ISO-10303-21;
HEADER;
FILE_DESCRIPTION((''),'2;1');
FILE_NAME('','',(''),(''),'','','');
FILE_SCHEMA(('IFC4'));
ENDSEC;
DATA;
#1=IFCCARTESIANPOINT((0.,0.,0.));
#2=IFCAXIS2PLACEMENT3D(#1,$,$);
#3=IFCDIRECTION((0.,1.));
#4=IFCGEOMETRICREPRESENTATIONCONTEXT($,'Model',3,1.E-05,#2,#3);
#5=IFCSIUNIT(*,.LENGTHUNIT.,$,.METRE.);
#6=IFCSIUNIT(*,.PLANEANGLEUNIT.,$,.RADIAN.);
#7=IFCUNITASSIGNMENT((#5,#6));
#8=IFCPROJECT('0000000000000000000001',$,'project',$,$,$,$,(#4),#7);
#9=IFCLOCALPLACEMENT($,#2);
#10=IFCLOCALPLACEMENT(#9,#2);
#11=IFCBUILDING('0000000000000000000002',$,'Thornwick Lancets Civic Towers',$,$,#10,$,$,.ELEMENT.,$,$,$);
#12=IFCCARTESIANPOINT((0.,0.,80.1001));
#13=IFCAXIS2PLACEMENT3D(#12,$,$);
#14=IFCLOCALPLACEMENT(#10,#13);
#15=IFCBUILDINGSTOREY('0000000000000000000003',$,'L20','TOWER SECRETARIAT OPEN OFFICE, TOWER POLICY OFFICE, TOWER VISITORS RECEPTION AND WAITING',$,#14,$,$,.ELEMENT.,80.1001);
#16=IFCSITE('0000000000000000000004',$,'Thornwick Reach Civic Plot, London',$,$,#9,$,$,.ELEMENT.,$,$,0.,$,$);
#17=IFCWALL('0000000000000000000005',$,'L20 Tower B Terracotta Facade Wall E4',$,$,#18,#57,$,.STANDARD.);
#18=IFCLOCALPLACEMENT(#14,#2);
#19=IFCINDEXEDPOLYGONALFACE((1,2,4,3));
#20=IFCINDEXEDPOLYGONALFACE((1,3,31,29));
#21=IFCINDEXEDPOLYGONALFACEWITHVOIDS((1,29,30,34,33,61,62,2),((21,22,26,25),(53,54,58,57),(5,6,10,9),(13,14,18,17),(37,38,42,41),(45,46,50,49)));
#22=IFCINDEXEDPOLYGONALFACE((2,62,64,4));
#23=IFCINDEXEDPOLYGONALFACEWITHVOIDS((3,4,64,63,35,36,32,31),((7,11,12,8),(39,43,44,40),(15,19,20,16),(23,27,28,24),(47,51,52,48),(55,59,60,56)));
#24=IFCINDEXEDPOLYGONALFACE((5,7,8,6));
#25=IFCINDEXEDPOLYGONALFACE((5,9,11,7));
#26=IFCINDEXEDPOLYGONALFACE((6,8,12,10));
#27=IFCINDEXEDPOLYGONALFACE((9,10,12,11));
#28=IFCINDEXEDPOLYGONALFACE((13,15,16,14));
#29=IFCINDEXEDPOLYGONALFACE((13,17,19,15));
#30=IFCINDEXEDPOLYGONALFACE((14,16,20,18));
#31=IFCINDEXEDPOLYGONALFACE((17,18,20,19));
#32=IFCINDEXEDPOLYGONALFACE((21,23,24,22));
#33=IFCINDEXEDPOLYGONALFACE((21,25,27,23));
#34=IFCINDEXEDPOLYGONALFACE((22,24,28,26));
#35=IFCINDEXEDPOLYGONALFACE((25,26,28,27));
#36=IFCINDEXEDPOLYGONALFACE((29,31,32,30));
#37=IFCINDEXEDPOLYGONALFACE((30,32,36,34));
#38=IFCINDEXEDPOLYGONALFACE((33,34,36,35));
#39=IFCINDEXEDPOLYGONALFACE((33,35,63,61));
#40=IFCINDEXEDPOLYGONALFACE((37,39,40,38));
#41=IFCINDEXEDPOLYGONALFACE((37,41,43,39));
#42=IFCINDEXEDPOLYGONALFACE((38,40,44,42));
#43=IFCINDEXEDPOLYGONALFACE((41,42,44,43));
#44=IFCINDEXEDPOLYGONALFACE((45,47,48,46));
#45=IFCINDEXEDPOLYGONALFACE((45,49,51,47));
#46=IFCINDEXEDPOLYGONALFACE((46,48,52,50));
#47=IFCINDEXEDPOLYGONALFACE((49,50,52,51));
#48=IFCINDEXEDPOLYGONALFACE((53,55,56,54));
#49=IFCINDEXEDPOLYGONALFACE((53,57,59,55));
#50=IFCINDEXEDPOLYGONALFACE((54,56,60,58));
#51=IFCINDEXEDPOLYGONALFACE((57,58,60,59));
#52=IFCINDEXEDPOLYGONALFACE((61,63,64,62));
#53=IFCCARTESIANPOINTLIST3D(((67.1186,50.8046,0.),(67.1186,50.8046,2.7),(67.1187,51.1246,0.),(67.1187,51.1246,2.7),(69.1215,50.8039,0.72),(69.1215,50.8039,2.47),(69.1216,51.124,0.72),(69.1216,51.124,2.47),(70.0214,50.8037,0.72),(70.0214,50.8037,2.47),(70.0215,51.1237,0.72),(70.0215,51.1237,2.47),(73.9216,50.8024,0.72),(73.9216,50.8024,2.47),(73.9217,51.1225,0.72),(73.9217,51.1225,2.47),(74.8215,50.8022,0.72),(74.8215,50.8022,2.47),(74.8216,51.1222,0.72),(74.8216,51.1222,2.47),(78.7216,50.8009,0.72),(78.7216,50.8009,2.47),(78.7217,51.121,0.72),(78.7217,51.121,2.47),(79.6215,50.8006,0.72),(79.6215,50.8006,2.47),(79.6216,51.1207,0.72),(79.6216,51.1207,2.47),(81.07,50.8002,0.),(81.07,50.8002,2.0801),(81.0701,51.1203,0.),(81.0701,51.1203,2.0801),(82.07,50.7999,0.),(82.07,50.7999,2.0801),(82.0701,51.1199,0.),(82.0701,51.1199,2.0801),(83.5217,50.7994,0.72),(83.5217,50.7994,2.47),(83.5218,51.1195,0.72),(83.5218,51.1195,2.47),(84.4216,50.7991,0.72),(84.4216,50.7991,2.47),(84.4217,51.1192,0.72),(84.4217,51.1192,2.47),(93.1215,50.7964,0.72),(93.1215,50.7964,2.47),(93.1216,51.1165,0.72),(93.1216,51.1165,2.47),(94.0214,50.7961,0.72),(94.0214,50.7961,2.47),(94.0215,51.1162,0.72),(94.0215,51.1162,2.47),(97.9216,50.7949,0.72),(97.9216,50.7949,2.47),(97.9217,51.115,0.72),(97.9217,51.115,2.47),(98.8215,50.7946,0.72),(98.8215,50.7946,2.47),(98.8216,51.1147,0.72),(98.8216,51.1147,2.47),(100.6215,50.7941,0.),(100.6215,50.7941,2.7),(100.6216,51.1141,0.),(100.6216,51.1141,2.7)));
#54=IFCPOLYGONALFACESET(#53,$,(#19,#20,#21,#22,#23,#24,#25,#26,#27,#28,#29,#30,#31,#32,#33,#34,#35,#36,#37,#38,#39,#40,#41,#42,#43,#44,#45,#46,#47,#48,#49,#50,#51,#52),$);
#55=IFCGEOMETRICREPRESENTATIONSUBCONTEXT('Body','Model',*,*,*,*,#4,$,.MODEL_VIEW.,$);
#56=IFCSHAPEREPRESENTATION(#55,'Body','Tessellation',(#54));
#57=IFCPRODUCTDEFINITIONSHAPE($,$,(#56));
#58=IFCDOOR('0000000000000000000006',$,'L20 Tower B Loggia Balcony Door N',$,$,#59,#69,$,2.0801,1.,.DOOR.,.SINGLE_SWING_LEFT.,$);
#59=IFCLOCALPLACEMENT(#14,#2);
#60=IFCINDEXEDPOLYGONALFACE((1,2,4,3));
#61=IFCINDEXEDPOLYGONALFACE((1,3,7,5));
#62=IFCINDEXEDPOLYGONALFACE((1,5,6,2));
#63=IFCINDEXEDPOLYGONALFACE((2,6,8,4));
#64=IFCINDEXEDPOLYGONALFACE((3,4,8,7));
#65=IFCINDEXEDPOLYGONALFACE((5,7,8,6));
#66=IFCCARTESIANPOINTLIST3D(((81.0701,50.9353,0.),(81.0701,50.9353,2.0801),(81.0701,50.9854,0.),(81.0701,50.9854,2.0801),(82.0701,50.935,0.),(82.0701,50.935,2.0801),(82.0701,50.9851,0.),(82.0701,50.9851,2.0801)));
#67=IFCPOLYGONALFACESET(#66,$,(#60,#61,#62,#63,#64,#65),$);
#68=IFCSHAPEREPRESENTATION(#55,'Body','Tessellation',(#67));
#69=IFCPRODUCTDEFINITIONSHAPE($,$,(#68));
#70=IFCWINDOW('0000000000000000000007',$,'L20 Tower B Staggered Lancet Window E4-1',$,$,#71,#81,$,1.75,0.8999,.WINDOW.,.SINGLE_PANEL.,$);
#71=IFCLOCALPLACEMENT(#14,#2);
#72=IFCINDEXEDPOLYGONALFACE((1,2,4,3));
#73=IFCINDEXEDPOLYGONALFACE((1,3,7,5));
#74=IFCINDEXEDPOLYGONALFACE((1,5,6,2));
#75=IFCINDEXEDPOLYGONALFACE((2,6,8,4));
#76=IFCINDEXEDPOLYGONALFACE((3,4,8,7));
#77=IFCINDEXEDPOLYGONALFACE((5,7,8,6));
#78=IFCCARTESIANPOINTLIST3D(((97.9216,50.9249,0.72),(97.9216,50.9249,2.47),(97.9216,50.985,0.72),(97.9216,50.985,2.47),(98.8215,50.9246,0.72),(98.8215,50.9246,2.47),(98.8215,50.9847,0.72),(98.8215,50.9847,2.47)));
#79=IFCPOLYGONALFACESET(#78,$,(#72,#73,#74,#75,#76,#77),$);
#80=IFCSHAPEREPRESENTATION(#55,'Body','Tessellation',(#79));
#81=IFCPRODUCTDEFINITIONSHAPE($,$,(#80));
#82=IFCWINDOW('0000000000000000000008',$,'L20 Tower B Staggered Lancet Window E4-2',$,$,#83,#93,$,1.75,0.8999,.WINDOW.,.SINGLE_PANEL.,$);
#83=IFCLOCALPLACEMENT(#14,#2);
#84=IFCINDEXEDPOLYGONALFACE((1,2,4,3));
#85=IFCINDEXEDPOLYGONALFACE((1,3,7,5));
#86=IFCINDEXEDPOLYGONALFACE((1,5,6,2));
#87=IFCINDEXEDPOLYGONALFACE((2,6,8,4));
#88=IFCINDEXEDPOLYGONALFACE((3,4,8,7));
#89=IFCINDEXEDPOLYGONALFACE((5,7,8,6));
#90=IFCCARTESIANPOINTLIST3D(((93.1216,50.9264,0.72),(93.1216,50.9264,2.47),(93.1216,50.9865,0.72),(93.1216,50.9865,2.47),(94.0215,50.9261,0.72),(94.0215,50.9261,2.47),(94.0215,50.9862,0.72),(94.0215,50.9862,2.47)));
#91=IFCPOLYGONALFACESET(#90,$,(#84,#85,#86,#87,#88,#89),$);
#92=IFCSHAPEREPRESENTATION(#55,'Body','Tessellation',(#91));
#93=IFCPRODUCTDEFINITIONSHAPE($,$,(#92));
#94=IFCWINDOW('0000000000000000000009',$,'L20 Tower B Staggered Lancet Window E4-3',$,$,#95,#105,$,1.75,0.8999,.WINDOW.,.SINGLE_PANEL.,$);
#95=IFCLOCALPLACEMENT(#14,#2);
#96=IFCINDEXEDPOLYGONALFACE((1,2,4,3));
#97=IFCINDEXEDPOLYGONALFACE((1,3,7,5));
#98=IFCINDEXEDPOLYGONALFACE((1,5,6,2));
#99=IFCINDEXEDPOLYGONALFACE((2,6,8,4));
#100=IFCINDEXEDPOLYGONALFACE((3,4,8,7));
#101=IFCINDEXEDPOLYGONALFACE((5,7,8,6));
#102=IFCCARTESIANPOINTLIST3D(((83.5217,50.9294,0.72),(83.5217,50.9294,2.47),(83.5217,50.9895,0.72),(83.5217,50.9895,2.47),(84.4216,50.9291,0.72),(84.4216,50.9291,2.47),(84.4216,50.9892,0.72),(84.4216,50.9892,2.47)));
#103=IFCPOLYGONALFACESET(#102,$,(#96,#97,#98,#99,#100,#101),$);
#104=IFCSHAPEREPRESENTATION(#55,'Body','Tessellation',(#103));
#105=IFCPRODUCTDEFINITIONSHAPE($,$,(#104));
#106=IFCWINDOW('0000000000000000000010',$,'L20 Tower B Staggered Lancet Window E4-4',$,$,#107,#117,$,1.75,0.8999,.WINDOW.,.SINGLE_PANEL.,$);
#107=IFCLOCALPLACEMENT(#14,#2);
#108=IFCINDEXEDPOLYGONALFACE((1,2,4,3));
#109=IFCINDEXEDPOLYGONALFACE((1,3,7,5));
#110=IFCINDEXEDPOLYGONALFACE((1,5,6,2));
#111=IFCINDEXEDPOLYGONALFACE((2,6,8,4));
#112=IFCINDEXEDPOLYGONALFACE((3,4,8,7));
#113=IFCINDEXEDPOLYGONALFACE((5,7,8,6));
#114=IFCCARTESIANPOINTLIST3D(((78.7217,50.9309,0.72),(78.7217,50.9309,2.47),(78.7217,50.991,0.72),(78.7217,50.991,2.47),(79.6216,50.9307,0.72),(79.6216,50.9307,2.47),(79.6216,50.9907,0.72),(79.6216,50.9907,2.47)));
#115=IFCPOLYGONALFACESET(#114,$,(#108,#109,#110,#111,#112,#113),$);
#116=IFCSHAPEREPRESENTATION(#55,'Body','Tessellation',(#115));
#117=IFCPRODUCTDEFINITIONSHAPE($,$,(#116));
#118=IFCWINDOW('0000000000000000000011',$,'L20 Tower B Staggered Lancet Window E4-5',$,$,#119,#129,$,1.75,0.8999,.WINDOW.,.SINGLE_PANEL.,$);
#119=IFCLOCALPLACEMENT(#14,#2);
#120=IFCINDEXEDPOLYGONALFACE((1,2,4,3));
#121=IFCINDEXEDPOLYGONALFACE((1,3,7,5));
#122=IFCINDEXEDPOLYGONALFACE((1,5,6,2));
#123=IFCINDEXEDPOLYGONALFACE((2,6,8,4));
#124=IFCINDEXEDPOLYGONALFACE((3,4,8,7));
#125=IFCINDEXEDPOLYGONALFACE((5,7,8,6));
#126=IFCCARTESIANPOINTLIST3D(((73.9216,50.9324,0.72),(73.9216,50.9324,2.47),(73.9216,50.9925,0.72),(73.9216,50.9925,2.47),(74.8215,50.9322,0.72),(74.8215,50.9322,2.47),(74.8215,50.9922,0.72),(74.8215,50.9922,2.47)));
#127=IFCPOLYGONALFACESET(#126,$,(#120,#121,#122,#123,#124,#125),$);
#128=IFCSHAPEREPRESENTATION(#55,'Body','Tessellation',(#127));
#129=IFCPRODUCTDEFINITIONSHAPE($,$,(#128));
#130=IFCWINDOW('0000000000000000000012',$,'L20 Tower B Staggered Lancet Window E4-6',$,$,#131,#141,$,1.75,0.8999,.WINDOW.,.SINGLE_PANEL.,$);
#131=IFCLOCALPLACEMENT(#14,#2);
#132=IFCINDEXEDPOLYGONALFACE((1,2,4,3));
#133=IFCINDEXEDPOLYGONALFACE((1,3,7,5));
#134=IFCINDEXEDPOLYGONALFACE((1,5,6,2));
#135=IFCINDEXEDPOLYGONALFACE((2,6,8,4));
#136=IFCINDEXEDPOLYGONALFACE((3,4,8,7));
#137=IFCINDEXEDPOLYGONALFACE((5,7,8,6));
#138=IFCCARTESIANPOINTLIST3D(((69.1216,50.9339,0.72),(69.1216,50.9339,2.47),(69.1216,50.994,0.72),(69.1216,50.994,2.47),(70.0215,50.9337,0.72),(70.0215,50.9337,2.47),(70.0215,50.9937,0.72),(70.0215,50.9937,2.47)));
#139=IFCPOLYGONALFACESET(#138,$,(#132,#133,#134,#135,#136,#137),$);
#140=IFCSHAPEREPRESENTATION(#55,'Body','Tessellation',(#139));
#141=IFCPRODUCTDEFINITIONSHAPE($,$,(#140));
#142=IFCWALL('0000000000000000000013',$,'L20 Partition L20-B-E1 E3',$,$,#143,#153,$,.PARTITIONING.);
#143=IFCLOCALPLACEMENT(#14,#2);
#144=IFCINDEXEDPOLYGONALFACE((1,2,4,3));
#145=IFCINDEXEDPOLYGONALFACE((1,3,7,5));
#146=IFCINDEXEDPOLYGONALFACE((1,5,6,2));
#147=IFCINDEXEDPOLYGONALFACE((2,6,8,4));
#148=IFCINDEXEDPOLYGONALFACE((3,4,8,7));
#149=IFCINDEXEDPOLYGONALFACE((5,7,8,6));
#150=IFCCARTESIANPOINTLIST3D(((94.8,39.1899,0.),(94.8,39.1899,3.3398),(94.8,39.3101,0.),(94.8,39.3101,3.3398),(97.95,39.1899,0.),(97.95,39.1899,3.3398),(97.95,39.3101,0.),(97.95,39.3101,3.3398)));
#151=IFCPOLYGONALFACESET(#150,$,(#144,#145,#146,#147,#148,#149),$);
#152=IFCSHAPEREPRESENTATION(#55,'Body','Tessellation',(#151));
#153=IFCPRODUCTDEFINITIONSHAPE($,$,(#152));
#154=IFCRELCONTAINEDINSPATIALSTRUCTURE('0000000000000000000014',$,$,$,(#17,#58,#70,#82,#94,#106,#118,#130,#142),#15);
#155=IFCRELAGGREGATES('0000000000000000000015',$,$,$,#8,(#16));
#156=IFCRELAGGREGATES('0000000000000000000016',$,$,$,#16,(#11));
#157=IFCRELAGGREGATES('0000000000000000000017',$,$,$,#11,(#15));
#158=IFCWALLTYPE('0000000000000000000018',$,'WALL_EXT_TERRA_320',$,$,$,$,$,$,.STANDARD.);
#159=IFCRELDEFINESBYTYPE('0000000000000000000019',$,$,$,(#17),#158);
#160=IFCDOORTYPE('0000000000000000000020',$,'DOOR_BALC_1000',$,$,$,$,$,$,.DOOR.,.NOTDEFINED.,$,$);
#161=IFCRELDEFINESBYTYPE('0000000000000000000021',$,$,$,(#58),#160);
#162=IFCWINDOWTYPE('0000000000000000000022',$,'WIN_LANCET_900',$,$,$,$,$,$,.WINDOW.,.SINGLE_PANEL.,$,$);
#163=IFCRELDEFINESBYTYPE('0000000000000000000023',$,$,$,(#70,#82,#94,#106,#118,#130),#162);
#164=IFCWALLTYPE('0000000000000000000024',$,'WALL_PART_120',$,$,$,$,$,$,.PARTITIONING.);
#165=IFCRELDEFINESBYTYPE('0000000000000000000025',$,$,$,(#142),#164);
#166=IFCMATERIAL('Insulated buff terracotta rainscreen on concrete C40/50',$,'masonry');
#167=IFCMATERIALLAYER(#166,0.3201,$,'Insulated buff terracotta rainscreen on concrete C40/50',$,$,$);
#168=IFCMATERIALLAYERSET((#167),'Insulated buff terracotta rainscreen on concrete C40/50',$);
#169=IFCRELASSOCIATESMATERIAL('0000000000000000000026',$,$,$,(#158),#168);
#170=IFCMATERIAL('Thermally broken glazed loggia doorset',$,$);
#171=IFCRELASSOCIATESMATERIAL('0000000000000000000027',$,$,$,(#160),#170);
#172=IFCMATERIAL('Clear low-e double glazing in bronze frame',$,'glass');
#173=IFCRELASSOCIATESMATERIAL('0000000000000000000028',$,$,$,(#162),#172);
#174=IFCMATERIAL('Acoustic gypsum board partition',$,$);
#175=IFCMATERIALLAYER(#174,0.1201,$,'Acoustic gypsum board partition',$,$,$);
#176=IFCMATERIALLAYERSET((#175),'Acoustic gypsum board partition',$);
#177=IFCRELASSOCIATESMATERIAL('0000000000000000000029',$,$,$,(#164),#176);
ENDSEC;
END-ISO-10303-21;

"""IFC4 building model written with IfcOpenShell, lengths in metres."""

from ifc_helpers import new_model, si_unit, direction, frame, frame_2d, origin, place, context, subcontext, project, spatial, rectangle, extrude, material, layer, layer_set, type_object, element, fill, save


model = new_model("IFC4")

# Units and contexts
model_context = context("Model", 3, precision=1e-05, world=origin(), true_north=direction((0.0, 1.0)))
body_context = subcontext(model_context, "Body", "Model", "MODEL_VIEW")
ifc_project = project(units=[si_unit("LENGTHUNIT", "METRE"), si_unit("PLANEANGLEUNIT", "RADIAN")], contexts=[model_context])

# Site, building, storey
site_placement = place(None, origin())
site = spatial("IfcSite", under=ifc_project, at=site_placement, Name="Thornwick Reach Civic Plot, London", CompositionType="ELEMENT", RefElevation=0.0)
building_placement = place(site_placement, origin())
building = spatial("IfcBuilding", under=site, at=building_placement, Name="Thornwick Lancets Civic Towers", CompositionType="ELEMENT")
storey_placement = place(building_placement, frame((0.0, 0.0, 80.1001)))
storey = spatial("IfcBuildingStorey", under=building, at=storey_placement, Name="L20", Description="TOWER SECRETARIAT OPEN OFFICE, TOWER POLICY OFFICE, TOWER VISITORS RECEPTION AND WAITING", CompositionType="ELEMENT", Elevation=80.1001)

# Wall, openings, door, windows
ifc_material_1 = material(Name="Insulated buff terracotta rainscreen on concrete C40/50", Category="masonry")
ifc_layer_1 = layer(ifc_material_1, 0.3201, Name="Insulated buff terracotta rainscreen on concrete C40/50")
ifc_layer_set_1 = layer_set([ifc_layer_1], Name="Insulated buff terracotta rainscreen on concrete C40/50")
wall_type_1 = type_object("IfcWallType", Name="WALL_EXT_TERRA_320", PredefinedType="STANDARD", material=ifc_layer_set_1)
wall_1_placement = place(storey_placement, frame((100.6216, 50.9541, 0.0), z_axis=(0.0, 0.0, 1.0), x_axis=(-1.0, 0.000313, 0.0)))
wall_1 = element("IfcWall", 1, at=wall_1_placement, inside=storey, type_object=wall_type_1, Name="L20 Tower B Terracotta Facade Wall E4", PredefinedType="STANDARD", context=body_context, shape_type="SweptSolid", body=[
    extrude(rectangle(XDim=33.5029, YDim=0.3201, at=frame_2d((16.7515, 0.0))), origin(), (0.0, 0.0, 1.0), 2.7),
])
opening_1_placement = place(wall_1_placement, frame((18.5515, 0.0, 0.0)))
opening_1 = element("IfcOpeningElement", 2, at=opening_1_placement, cuts=wall_1, PredefinedType="OPENING", context=body_context, shape_type="SweptSolid", body=[
    extrude(rectangle(XDim=1.0, YDim=2.0801, at=frame_2d((0.5, 1.04))), frame((0.0, 0.1699, 0.0), z_axis=(0.0, -1.0, 0.0), x_axis=(1.0, 0.0, 0.0)), (0.0, 0.0, 1.0), 0.3401),
])
opening_2_placement = place(wall_1_placement, frame((1.8, 0.0, 0.72)))
opening_2 = element("IfcOpeningElement", 3, at=opening_2_placement, cuts=wall_1, PredefinedType="OPENING", context=body_context, shape_type="SweptSolid", body=[
    extrude(rectangle(XDim=0.8999, YDim=1.75, at=frame_2d((0.45, 0.875))), frame((0.0, 0.1699, 0.0), z_axis=(0.0, -1.0, 0.0), x_axis=(1.0, 0.0, 0.0)), (0.0, 0.0, 1.0), 0.3401),
])
opening_3_placement = place(wall_1_placement, frame((6.6001, 0.0, 0.72)))
opening_3 = element("IfcOpeningElement", 4, at=opening_3_placement, cuts=wall_1, PredefinedType="OPENING", context=body_context, shape_type="SweptSolid", body=[
    extrude(rectangle(XDim=0.8999, YDim=1.75, at=frame_2d((0.45, 0.875))), frame((0.0, 0.1699, 0.0), z_axis=(0.0, -1.0, 0.0), x_axis=(1.0, 0.0, 0.0)), (0.0, 0.0, 1.0), 0.3401),
])
opening_4_placement = place(wall_1_placement, frame((16.2, 0.0, 0.72)))
opening_4 = element("IfcOpeningElement", 5, at=opening_4_placement, cuts=wall_1, PredefinedType="OPENING", context=body_context, shape_type="SweptSolid", body=[
    extrude(rectangle(XDim=0.8999, YDim=1.75, at=frame_2d((0.45, 0.875))), frame((0.0, 0.1699, 0.0), z_axis=(0.0, -1.0, 0.0), x_axis=(1.0, 0.0, 0.0)), (0.0, 0.0, 1.0), 0.3401),
])
opening_5_placement = place(wall_1_placement, frame((21.0, 0.0, 0.72)))
opening_5 = element("IfcOpeningElement", 6, at=opening_5_placement, cuts=wall_1, PredefinedType="OPENING", context=body_context, shape_type="SweptSolid", body=[
    extrude(rectangle(XDim=0.8999, YDim=1.75, at=frame_2d((0.45, 0.875))), frame((0.0, 0.1699, 0.0), z_axis=(0.0, -1.0, 0.0), x_axis=(1.0, 0.0, 0.0)), (0.0, 0.0, 1.0), 0.3401),
])
opening_6_placement = place(wall_1_placement, frame((25.8, 0.0, 0.72)))
opening_6 = element("IfcOpeningElement", 7, at=opening_6_placement, cuts=wall_1, PredefinedType="OPENING", context=body_context, shape_type="SweptSolid", body=[
    extrude(rectangle(XDim=0.8999, YDim=1.75, at=frame_2d((0.45, 0.875))), frame((0.0, 0.1699, 0.0), z_axis=(0.0, -1.0, 0.0), x_axis=(1.0, 0.0, 0.0)), (0.0, 0.0, 1.0), 0.3401),
])
opening_7_placement = place(wall_1_placement, frame((30.6001, 0.0, 0.72)))
opening_7 = element("IfcOpeningElement", 8, at=opening_7_placement, cuts=wall_1, PredefinedType="OPENING", context=body_context, shape_type="SweptSolid", body=[
    extrude(rectangle(XDim=0.8999, YDim=1.75, at=frame_2d((0.45, 0.875))), frame((0.0, 0.1699, 0.0), z_axis=(0.0, -1.0, 0.0), x_axis=(1.0, 0.0, 0.0)), (0.0, 0.0, 1.0), 0.3401),
])
ifc_material_2 = material(Name="Thermally broken glazed loggia doorset")
door_type = type_object("IfcDoorType", Name="DOOR_BALC_1000", OperationType="NOTDEFINED", PredefinedType="DOOR", material=ifc_material_2)
door_placement = place(opening_1_placement, origin())
door = element("IfcDoor", 9, at=door_placement, inside=storey, type_object=door_type, Name="L20 Tower B Loggia Balcony Door N", OperationType="SINGLE_SWING_LEFT", OverallHeight=2.0801, OverallWidth=1.0, PredefinedType="DOOR", context=body_context, shape_type="SweptSolid", body=[
    extrude(rectangle(XDim=1.0, YDim=2.0801, at=frame_2d((0.5, 1.04))), frame((0.0, 0.0249, 0.0), z_axis=(0.0, -1.0, 0.0), x_axis=(1.0, 0.0, 0.0)), (0.0, 0.0, 1.0), 0.05),
])
fill(opening_1, door)
ifc_material_3 = material(Name="Clear low-e double glazing in bronze frame", Category="glass")
window_type = type_object("IfcWindowType", Name="WIN_LANCET_900", PartitioningType="SINGLE_PANEL", PredefinedType="WINDOW", material=ifc_material_3)
window_1_placement = place(opening_2_placement, origin())
window_1 = element("IfcWindow", 10, at=window_1_placement, inside=storey, type_object=window_type, Name="L20 Tower B Staggered Lancet Window E4-1", OverallHeight=1.75, OverallWidth=0.8999, PartitioningType="SINGLE_PANEL", PredefinedType="WINDOW", context=body_context, shape_type="SweptSolid", body=[
    extrude(rectangle(XDim=0.8999, YDim=1.75, at=frame_2d((0.45, 0.875))), frame((0.0, 0.03, 0.0), z_axis=(0.0, -1.0, 0.0), x_axis=(1.0, 0.0, 0.0)), (0.0, 0.0, 1.0), 0.0601),
])
fill(opening_2, window_1)
window_2_placement = place(opening_3_placement, origin())
window_2 = element("IfcWindow", 11, at=window_2_placement, inside=storey, type_object=window_type, Name="L20 Tower B Staggered Lancet Window E4-2", OverallHeight=1.75, OverallWidth=0.8999, PartitioningType="SINGLE_PANEL", PredefinedType="WINDOW", context=body_context, shape_type="SweptSolid", body=[
    extrude(rectangle(XDim=0.8999, YDim=1.75, at=frame_2d((0.45, 0.875))), frame((0.0, 0.03, 0.0), z_axis=(0.0, -1.0, 0.0), x_axis=(1.0, 0.0, 0.0)), (0.0, 0.0, 1.0), 0.0601),
])
fill(opening_3, window_2)
window_3_placement = place(opening_4_placement, origin())
window_3 = element("IfcWindow", 12, at=window_3_placement, inside=storey, type_object=window_type, Name="L20 Tower B Staggered Lancet Window E4-3", OverallHeight=1.75, OverallWidth=0.8999, PartitioningType="SINGLE_PANEL", PredefinedType="WINDOW", context=body_context, shape_type="SweptSolid", body=[
    extrude(rectangle(XDim=0.8999, YDim=1.75, at=frame_2d((0.45, 0.875))), frame((0.0, 0.03, 0.0), z_axis=(0.0, -1.0, 0.0), x_axis=(1.0, 0.0, 0.0)), (0.0, 0.0, 1.0), 0.0601),
])
fill(opening_4, window_3)
window_4_placement = place(opening_5_placement, origin())
window_4 = element("IfcWindow", 13, at=window_4_placement, inside=storey, type_object=window_type, Name="L20 Tower B Staggered Lancet Window E4-4", OverallHeight=1.75, OverallWidth=0.8999, PartitioningType="SINGLE_PANEL", PredefinedType="WINDOW", context=body_context, shape_type="SweptSolid", body=[
    extrude(rectangle(XDim=0.8999, YDim=1.75, at=frame_2d((0.45, 0.875))), frame((0.0, 0.03, 0.0), z_axis=(0.0, -1.0, 0.0), x_axis=(1.0, 0.0, 0.0)), (0.0, 0.0, 1.0), 0.0601),
])
fill(opening_5, window_4)
window_5_placement = place(opening_6_placement, origin())
window_5 = element("IfcWindow", 14, at=window_5_placement, inside=storey, type_object=window_type, Name="L20 Tower B Staggered Lancet Window E4-5", OverallHeight=1.75, OverallWidth=0.8999, PartitioningType="SINGLE_PANEL", PredefinedType="WINDOW", context=body_context, shape_type="SweptSolid", body=[
    extrude(rectangle(XDim=0.8999, YDim=1.75, at=frame_2d((0.45, 0.875))), frame((0.0, 0.03, 0.0), z_axis=(0.0, -1.0, 0.0), x_axis=(1.0, 0.0, 0.0)), (0.0, 0.0, 1.0), 0.0601),
])
fill(opening_6, window_5)
window_6_placement = place(opening_7_placement, origin())
window_6 = element("IfcWindow", 15, at=window_6_placement, inside=storey, type_object=window_type, Name="L20 Tower B Staggered Lancet Window E4-6", OverallHeight=1.75, OverallWidth=0.8999, PartitioningType="SINGLE_PANEL", PredefinedType="WINDOW", context=body_context, shape_type="SweptSolid", body=[
    extrude(rectangle(XDim=0.8999, YDim=1.75, at=frame_2d((0.45, 0.875))), frame((0.0, 0.03, 0.0), z_axis=(0.0, -1.0, 0.0), x_axis=(1.0, 0.0, 0.0)), (0.0, 0.0, 1.0), 0.0601),
])
fill(opening_7, window_6)

# Wall
ifc_material_4 = material(Name="Acoustic gypsum board partition")
ifc_layer_2 = layer(ifc_material_4, 0.1201, Name="Acoustic gypsum board partition")
ifc_layer_set_2 = layer_set([ifc_layer_2], Name="Acoustic gypsum board partition")
wall_type_2 = type_object("IfcWallType", Name="WALL_PART_120", PredefinedType="PARTITIONING", material=ifc_layer_set_2)
wall_2_placement = place(storey_placement, frame((97.95, 39.25, 0.0), z_axis=(0.0, 0.0, 1.0), x_axis=(-1.0, 0.0, 0.0)))
element("IfcWall", 16, at=wall_2_placement, inside=storey, type_object=wall_type_2, Name="L20 Partition L20-B-E1 E3", PredefinedType="PARTITIONING", context=body_context, shape_type="SweptSolid", body=[
    extrude(rectangle(XDim=3.1499, YDim=0.1201, at=frame_2d((1.575, 0.0))), origin(), (0.0, 0.0, 1.0), 3.3398),
])

save(model, "model.ifc")
